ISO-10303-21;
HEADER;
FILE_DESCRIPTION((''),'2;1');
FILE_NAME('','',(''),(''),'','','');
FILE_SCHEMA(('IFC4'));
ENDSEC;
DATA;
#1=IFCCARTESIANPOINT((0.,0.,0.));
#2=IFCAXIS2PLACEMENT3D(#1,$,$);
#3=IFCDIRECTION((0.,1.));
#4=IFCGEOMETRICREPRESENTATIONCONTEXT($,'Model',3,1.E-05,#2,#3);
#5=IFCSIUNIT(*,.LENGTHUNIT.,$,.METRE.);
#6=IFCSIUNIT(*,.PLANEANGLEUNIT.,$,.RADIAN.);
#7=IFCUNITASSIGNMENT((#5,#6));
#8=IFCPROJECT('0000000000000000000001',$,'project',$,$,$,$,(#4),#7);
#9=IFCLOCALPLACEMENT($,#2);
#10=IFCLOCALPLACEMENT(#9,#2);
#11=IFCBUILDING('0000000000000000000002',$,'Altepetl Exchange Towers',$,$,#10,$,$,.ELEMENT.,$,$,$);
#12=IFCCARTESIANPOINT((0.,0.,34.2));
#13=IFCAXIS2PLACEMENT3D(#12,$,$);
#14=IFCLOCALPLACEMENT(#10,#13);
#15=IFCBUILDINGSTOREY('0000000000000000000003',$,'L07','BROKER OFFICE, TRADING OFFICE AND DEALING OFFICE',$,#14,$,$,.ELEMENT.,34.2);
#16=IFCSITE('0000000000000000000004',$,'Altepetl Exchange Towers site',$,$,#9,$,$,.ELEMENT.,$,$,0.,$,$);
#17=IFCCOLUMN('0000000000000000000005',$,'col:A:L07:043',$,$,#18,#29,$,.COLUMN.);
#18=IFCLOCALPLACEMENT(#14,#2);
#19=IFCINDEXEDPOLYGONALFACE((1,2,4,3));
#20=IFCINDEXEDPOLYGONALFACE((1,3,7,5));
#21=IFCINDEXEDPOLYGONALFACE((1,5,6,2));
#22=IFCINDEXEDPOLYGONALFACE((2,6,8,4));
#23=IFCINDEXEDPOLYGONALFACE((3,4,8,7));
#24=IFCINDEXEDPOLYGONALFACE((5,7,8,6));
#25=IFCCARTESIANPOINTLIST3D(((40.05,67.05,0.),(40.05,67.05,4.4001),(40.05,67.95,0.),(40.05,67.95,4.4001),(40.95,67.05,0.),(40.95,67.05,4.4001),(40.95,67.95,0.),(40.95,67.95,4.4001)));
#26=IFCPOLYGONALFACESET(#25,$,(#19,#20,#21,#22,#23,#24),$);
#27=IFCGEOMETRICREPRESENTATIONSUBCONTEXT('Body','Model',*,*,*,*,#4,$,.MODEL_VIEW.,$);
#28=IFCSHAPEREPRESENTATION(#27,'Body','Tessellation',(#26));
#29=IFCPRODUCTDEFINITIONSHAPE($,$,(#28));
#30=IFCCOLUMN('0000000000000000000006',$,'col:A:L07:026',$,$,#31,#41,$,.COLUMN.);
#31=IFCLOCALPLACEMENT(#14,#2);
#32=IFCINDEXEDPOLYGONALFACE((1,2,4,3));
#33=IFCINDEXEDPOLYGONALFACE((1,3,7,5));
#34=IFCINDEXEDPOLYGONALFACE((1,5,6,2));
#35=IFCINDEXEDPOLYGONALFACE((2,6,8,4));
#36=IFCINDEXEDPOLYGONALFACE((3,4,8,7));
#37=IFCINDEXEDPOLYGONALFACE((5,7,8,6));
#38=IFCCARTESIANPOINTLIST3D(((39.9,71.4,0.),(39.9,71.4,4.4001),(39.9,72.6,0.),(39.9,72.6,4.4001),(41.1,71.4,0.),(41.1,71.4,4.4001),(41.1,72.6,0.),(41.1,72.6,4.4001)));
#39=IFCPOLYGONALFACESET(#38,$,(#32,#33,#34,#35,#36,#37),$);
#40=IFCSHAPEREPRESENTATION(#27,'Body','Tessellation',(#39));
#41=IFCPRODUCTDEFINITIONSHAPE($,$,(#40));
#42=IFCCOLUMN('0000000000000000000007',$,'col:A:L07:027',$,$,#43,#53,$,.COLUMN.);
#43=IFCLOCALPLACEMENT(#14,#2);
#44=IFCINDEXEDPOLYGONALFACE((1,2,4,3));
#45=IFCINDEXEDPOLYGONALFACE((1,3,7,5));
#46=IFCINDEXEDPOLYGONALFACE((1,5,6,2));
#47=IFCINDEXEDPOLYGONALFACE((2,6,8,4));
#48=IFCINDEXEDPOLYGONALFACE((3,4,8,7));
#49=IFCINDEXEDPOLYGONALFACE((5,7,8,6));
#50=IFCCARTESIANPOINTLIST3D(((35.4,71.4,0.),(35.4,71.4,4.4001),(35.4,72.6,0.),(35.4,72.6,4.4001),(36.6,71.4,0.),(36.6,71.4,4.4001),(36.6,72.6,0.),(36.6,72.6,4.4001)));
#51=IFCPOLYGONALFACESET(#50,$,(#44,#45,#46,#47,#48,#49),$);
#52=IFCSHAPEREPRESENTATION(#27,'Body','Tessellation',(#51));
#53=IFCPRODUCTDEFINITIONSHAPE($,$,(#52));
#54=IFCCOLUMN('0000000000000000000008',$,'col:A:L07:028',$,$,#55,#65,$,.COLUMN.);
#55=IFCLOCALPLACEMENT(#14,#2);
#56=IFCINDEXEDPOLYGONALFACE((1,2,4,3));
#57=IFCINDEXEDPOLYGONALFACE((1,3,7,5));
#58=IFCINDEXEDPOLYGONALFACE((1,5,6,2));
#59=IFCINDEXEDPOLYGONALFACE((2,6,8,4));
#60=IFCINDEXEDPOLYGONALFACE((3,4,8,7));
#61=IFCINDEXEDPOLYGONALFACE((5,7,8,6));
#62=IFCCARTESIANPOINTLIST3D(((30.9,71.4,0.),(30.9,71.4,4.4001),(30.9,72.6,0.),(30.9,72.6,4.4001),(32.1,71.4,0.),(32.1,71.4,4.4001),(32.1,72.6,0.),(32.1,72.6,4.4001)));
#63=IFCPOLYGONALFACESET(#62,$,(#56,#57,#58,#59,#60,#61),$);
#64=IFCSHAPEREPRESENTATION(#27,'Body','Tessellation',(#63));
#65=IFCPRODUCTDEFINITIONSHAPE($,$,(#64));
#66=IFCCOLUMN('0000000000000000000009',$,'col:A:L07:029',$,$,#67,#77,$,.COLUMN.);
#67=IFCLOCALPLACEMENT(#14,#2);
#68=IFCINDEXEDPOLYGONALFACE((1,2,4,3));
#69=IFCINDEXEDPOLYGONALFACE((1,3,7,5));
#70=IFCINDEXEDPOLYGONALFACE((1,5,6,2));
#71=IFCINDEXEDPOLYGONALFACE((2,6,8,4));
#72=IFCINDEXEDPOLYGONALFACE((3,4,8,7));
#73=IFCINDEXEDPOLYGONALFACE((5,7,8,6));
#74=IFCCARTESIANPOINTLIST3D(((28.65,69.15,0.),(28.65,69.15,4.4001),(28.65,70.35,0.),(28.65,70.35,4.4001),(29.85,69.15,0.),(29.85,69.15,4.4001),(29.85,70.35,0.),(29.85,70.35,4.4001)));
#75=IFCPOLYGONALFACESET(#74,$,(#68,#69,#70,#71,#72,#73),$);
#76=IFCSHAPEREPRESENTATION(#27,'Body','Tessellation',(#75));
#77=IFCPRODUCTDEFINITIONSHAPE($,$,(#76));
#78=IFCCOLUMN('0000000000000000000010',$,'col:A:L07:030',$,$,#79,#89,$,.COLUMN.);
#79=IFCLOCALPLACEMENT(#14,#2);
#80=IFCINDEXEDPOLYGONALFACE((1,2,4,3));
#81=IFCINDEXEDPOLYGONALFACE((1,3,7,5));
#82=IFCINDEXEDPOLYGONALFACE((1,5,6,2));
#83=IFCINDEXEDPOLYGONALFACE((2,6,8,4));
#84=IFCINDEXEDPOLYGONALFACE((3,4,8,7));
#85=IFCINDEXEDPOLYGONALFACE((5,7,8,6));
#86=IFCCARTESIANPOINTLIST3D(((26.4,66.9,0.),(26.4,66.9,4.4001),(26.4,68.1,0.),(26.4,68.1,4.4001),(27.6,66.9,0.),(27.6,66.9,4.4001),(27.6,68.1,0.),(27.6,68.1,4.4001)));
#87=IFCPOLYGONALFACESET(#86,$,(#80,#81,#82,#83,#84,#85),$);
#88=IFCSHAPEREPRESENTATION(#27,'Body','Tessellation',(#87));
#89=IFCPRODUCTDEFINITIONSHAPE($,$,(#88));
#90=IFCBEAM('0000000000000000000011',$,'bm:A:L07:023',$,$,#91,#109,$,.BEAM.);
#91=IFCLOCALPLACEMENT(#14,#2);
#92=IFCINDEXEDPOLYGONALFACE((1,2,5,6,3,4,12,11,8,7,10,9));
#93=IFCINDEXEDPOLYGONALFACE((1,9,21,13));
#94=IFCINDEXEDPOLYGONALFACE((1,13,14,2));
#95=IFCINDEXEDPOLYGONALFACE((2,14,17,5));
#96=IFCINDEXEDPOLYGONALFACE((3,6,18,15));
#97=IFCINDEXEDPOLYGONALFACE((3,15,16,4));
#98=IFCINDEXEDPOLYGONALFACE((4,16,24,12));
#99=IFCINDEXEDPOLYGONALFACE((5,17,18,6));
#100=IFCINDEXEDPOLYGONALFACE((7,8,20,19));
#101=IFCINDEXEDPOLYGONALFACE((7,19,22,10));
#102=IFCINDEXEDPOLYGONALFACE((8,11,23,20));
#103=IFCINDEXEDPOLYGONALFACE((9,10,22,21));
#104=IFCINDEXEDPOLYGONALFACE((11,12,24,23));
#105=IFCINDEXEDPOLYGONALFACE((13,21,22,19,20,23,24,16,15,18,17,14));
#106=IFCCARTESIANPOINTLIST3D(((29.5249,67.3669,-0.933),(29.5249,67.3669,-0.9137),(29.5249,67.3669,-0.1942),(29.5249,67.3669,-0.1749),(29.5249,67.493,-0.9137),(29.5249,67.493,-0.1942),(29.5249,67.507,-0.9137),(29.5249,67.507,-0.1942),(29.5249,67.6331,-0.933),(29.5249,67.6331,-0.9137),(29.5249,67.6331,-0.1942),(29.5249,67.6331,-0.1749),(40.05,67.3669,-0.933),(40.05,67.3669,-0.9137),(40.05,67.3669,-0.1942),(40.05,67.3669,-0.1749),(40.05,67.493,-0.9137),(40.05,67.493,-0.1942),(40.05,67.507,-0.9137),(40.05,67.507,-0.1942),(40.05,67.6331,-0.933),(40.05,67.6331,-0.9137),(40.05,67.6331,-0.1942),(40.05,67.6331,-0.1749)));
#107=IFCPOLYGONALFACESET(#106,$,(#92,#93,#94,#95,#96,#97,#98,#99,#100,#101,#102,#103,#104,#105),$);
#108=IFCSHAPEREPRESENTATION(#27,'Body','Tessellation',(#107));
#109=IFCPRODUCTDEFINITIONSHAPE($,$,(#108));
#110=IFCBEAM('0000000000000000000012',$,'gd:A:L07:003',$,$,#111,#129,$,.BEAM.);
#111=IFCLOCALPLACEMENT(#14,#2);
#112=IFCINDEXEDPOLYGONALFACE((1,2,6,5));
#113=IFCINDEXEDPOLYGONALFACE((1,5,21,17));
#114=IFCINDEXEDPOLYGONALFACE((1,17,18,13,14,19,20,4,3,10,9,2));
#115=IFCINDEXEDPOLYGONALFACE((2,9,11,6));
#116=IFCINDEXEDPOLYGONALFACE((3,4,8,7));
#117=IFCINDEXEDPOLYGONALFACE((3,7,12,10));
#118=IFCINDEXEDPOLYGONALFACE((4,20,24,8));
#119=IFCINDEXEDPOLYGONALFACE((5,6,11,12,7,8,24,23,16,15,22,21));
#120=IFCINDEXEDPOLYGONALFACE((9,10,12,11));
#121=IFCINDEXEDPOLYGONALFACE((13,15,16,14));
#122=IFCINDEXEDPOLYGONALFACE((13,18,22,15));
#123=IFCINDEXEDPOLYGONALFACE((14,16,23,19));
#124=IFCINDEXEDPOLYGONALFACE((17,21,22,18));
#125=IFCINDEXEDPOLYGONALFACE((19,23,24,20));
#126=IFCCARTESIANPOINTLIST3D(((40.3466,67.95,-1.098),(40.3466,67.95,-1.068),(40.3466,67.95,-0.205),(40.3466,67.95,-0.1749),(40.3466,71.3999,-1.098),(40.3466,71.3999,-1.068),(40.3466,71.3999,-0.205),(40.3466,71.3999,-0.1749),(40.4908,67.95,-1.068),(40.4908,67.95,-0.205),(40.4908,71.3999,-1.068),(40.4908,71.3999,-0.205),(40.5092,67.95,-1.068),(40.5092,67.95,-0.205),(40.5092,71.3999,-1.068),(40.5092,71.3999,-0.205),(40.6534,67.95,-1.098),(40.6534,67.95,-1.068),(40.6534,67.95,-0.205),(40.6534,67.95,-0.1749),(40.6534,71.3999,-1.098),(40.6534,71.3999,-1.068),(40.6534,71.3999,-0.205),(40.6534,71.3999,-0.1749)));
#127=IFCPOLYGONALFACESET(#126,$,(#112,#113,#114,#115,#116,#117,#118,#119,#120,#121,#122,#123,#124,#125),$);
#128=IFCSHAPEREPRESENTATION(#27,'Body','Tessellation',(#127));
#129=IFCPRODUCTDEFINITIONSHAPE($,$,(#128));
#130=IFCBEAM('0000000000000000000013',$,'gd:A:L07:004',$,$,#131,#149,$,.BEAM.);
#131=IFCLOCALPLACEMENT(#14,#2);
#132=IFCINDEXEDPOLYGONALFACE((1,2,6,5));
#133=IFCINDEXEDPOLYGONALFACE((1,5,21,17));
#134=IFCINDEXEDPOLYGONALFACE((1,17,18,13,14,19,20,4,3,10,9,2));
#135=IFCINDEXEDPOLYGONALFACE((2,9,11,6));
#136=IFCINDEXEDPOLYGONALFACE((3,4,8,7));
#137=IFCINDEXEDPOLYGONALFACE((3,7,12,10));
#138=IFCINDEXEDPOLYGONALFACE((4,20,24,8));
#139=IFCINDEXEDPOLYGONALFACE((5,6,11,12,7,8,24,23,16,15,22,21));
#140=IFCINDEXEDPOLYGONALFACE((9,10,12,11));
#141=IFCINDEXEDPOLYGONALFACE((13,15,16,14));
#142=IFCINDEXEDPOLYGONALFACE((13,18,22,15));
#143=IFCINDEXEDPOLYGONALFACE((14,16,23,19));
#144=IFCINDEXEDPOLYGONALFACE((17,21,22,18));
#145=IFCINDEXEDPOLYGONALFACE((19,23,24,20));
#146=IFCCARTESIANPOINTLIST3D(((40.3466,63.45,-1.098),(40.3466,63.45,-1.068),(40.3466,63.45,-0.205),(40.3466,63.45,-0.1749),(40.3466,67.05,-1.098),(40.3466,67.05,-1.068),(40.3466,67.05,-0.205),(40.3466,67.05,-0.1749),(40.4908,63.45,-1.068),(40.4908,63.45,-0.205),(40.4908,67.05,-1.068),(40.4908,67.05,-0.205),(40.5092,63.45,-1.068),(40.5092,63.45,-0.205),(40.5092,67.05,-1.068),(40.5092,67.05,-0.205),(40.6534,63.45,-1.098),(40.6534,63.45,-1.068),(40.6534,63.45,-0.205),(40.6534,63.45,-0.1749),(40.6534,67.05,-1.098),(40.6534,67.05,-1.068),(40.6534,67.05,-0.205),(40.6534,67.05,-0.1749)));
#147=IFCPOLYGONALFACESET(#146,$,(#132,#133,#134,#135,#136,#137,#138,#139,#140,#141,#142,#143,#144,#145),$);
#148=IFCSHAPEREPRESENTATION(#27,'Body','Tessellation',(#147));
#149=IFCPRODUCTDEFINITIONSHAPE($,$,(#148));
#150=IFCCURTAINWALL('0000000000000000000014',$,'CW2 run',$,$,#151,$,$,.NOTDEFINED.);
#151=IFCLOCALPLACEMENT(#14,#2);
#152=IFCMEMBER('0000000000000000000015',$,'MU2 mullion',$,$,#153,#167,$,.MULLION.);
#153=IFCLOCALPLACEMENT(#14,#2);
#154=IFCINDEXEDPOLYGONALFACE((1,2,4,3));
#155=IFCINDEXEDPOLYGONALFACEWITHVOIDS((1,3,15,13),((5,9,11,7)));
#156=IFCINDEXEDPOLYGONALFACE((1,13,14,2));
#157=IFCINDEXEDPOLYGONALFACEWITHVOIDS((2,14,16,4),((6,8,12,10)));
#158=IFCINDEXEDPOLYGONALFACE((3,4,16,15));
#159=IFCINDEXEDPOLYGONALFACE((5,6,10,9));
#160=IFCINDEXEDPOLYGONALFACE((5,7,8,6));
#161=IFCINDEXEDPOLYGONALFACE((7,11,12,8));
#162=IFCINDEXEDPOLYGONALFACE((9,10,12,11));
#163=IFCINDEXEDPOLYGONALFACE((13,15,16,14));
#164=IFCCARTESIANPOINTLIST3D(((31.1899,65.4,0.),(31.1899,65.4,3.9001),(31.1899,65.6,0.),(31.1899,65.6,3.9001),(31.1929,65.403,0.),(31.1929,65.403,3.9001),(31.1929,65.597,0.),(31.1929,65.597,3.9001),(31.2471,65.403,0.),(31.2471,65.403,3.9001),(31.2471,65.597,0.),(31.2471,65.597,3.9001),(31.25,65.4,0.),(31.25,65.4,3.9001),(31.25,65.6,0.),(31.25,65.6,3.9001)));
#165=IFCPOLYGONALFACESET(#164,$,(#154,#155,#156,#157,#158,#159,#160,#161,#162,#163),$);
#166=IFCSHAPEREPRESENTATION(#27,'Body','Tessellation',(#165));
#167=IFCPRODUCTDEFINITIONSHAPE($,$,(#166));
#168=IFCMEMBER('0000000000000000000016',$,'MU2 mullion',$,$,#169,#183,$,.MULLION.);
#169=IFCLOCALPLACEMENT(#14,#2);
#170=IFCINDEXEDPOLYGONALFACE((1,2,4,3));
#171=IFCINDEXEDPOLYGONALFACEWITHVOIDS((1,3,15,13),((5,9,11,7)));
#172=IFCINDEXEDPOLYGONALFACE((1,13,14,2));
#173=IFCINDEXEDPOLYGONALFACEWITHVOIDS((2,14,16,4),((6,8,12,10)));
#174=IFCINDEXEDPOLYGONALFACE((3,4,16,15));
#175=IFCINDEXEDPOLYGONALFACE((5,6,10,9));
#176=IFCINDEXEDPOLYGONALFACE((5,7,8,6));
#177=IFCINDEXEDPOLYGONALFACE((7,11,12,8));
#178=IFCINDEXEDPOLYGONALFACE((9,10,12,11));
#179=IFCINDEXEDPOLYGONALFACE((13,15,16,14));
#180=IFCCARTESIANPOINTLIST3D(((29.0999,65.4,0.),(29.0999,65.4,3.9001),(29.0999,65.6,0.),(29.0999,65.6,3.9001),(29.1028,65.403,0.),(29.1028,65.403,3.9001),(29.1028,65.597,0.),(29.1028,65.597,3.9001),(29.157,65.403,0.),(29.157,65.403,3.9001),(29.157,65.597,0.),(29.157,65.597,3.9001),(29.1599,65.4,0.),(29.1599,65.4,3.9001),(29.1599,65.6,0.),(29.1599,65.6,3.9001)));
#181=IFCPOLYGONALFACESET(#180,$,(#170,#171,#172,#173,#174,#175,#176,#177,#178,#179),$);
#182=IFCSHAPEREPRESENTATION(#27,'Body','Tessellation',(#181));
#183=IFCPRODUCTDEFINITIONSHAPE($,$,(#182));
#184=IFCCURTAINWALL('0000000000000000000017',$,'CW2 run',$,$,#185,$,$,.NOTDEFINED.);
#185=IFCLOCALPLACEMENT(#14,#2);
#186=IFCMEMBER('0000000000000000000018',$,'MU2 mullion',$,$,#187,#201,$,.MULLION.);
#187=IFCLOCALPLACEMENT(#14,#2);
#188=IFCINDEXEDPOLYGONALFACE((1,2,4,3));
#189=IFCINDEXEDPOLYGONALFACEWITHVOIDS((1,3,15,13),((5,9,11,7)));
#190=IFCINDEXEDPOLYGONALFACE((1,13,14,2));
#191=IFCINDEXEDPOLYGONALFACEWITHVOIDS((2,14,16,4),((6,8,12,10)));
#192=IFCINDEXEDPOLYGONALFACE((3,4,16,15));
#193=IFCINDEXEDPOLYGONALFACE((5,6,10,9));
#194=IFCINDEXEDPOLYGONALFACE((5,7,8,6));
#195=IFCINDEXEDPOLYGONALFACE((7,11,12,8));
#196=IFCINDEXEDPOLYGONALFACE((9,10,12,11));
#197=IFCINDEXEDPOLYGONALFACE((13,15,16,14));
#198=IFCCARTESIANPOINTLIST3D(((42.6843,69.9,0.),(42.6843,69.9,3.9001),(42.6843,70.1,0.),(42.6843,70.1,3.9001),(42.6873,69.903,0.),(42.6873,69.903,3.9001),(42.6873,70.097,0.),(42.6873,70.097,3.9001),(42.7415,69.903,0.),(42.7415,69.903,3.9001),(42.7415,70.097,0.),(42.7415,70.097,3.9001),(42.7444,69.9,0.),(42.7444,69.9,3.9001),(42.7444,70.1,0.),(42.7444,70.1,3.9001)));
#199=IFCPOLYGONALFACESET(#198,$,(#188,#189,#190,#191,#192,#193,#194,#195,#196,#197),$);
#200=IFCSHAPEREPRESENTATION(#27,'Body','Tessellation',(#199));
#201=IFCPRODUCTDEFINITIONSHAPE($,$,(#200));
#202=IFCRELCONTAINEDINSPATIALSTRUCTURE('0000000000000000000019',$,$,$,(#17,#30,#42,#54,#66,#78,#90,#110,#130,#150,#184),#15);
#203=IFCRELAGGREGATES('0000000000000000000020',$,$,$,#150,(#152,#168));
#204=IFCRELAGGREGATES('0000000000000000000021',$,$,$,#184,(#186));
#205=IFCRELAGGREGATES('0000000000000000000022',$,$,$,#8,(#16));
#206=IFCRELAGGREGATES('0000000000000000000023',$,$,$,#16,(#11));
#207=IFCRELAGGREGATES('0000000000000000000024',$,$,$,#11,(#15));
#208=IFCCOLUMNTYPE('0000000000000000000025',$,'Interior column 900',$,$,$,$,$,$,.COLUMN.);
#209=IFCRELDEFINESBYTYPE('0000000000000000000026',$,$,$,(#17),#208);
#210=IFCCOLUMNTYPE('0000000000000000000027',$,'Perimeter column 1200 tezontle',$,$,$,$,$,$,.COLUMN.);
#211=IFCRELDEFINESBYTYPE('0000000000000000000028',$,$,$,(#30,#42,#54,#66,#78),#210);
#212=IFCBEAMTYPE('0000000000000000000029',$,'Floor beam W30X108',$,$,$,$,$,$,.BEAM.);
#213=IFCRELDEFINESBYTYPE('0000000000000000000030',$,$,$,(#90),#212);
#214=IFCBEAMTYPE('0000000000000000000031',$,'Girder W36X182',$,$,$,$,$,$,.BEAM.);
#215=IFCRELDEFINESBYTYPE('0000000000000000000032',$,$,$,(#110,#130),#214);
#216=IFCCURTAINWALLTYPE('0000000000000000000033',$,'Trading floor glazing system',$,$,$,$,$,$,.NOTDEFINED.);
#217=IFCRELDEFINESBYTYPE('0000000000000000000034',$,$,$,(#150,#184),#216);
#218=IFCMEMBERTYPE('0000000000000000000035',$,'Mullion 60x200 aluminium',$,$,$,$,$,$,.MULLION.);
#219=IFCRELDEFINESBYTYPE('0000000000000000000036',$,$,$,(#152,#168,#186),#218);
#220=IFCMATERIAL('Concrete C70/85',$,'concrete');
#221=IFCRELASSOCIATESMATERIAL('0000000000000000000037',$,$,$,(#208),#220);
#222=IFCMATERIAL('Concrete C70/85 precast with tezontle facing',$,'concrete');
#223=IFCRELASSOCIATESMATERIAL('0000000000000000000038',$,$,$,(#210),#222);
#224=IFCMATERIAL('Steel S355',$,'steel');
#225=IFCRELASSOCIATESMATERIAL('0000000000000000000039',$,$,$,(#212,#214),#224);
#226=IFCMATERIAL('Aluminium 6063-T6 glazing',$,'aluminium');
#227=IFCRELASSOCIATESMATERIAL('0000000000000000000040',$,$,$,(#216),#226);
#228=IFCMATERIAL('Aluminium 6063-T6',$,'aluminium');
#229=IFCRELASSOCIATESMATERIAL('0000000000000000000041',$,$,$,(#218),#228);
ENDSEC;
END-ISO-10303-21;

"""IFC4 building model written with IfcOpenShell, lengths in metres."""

from ifc_helpers import new_model, si_unit, direction, frame, origin, origin_2d, place, context, subcontext, project, spatial, rectangle, hollow_rectangle, i_section, extrude, material, material_profile, profile_set, type_object, element, aggregate, save


model = new_model("IFC4")

# Units and contexts
model_context = context("Model", 3, precision=1e-05, world=origin(), true_north=direction((0.0, 1.0)))
body_context = subcontext(model_context, "Body", "Model", "MODEL_VIEW")
ifc_project = project(units=[si_unit("LENGTHUNIT", "METRE"), si_unit("PLANEANGLEUNIT", "RADIAN")], contexts=[model_context])

# Site, building, storey
site_placement = place(None, origin())
site = spatial("IfcSite", under=ifc_project, at=site_placement, Name="Altepetl Exchange Towers site", CompositionType="ELEMENT", RefElevation=0.0)
building_placement = place(site_placement, origin())
building = spatial("IfcBuilding", under=site, at=building_placement, Name="Altepetl Exchange Towers", CompositionType="ELEMENT")
storey_placement = place(building_placement, frame((0.0, 0.0, 34.2)))
storey = spatial("IfcBuildingStorey", under=building, at=storey_placement, Name="L07", Description="BROKER OFFICE, TRADING OFFICE AND DEALING OFFICE", CompositionType="ELEMENT", Elevation=34.2)

# Columns
ifc_material_1 = material(Name="Concrete C70/85", Category="concrete")
ifc_material_profile_1 = material_profile(ifc_material_1, rectangle(XDim=0.8999, YDim=0.8999, at=origin_2d()), Name="900 x 900")
ifc_profile_set_1 = profile_set([ifc_material_profile_1], Name="Concrete C70/85")
column_type_1 = type_object("IfcColumnType", Name="Interior column 900", PredefinedType="COLUMN", material=ifc_profile_set_1)
column_placement = place(storey_placement, frame((40.5, 67.5, 0.0)))
element("IfcColumn", 1, at=column_placement, inside=storey, type_object=column_type_1, Name="col:A:L07:043", PredefinedType="COLUMN", context=body_context, shape_type="SweptSolid", body=[
    extrude(rectangle(XDim=0.8999, YDim=0.8999, at=origin_2d()), origin(), (0.0, 0.0, 1.0), 4.4001),
])
ifc_material_2 = material(Name="Concrete C70/85 precast with tezontle facing", Category="concrete")
ifc_material_profile_2 = material_profile(ifc_material_2, rectangle(XDim=1.2, YDim=1.2, at=origin_2d()), Name="1200 x 1200")
ifc_profile_set_2 = profile_set([ifc_material_profile_2], Name="Concrete C70/85 precast with tezontle facing")
column_type_2 = type_object("IfcColumnType", Name="Perimeter column 1200 tezontle", PredefinedType="COLUMN", material=ifc_profile_set_2)
for number, where, name in (
    (2, (40.5, 72.0, 0.0), "col:A:L07:026"),
    (3, (36.0, 72.0, 0.0), "col:A:L07:027"),
    (4, (31.5, 72.0, 0.0), "col:A:L07:028"),
    (5, (29.25, 69.75, 0.0), "col:A:L07:029"),
    (6, (27.0, 67.5, 0.0), "col:A:L07:030"),
):
    element("IfcColumn", number, at=place(storey_placement, frame(where)), inside=storey, type_object=column_type_2, Name=name, PredefinedType="COLUMN", context=body_context, shape_type="SweptSolid", body=[
        extrude(rectangle(XDim=1.2, YDim=1.2, at=origin_2d()), origin(), (0.0, 0.0, 1.0), 4.4001),
    ])

# Beams
ifc_material_3 = material(Name="Steel S355", Category="steel")
ifc_material_profile_3 = material_profile(ifc_material_3, i_section(OverallWidth=0.2661, OverallDepth=0.7581, WebThickness=0.0139, FlangeThickness=0.0193, at=origin_2d()), Name="W30X108")
ifc_profile_set_3 = profile_set([ifc_material_profile_3], Name="Steel S355")
beam_type_1 = type_object("IfcBeamType", Name="Floor beam W30X108", PredefinedType="BEAM", material=ifc_profile_set_3)
beam_1_placement = place(storey_placement, frame((29.5249, 67.5, -0.554), z_axis=(1.0, 0.0, 0.0), x_axis=(0.0, 1.0, 0.0)))
element("IfcBeam", 7, at=beam_1_placement, inside=storey, type_object=beam_type_1, Name="bm:A:L07:023", PredefinedType="BEAM", context=body_context, shape_type="SweptSolid", body=[
    extrude(i_section(OverallWidth=0.2661, OverallDepth=0.7581, WebThickness=0.0139, FlangeThickness=0.0193, at=origin_2d()), origin(), (0.0, 0.0, 1.0), 10.5251),
])
ifc_material_profile_4 = material_profile(ifc_material_3, i_section(OverallWidth=0.3069, OverallDepth=0.9231, WebThickness=0.0183, FlangeThickness=0.03, at=origin_2d()), Name="W36X182")
ifc_profile_set_4 = profile_set([ifc_material_profile_4], Name="Steel S355")
beam_type_2 = type_object("IfcBeamType", Name="Girder W36X182", PredefinedType="BEAM", material=ifc_profile_set_4)
beam_2_placement = place(storey_placement, frame((40.5, 71.3999, -0.6365), z_axis=(0.0, -1.0, 0.0), x_axis=(1.0, 0.0, 0.0)))
element("IfcBeam", 8, at=beam_2_placement, inside=storey, type_object=beam_type_2, Name="gd:A:L07:003", PredefinedType="BEAM", context=body_context, shape_type="SweptSolid", body=[
    extrude(i_section(OverallWidth=0.3069, OverallDepth=0.9231, WebThickness=0.0183, FlangeThickness=0.03, at=origin_2d()), origin(), (0.0, 0.0, 1.0), 3.45),
])
beam_3_placement = place(storey_placement, frame((40.5, 67.05, -0.6365), z_axis=(0.0, -1.0, 0.0), x_axis=(1.0, 0.0, 0.0)))
element("IfcBeam", 9, at=beam_3_placement, inside=storey, type_object=beam_type_2, Name="gd:A:L07:004", PredefinedType="BEAM", context=body_context, shape_type="SweptSolid", body=[
    extrude(i_section(OverallWidth=0.3069, OverallDepth=0.9231, WebThickness=0.0183, FlangeThickness=0.03, at=origin_2d()), origin(), (0.0, 0.0, 1.0), 3.6001),
])

# Curtain walls, members
ifc_material_4 = material(Name="Aluminium 6063-T6 glazing", Category="aluminium")
curtain_wall_type = type_object("IfcCurtainWallType", Name="Trading floor glazing system", PredefinedType="NOTDEFINED", material=ifc_material_4)
curtain_wall_1_placement = place(storey_placement, origin())
curtain_wall_1 = element("IfcCurtainWall", 10, at=curtain_wall_1_placement, inside=storey, type_object=curtain_wall_type, Name="CW2 run", PredefinedType="NOTDEFINED")
ifc_material_5 = material(Name="Aluminium 6063-T6", Category="aluminium")
ifc_material_profile_5 = material_profile(ifc_material_5, hollow_rectangle(XDim=0.0601, YDim=0.2, WallThickness=0.0029, at=origin_2d()), Name="Mullion 60x200 aluminium")
ifc_profile_set_5 = profile_set([ifc_material_profile_5], Name="Aluminium 6063-T6")
member_type = type_object("IfcMemberType", Name="Mullion 60x200 aluminium", PredefinedType="MULLION", material=ifc_profile_set_5)
member_1_placement = place(storey_placement, frame((31.22, 65.5, 0.0), z_axis=(0.0, 0.0, 1.0), x_axis=(-1.0, 0.0, 0.0)))
member_1 = element("IfcMember", 11, at=member_1_placement, type_object=member_type, Name="MU2 mullion", PredefinedType="MULLION", context=body_context, shape_type="SweptSolid", body=[
    extrude(hollow_rectangle(XDim=0.0601, YDim=0.2, WallThickness=0.0029, at=origin_2d()), origin(), (0.0, 0.0, 1.0), 3.9001),
])
member_2_placement = place(storey_placement, frame((29.1299, 65.5, 0.0), z_axis=(0.0, 0.0, 1.0), x_axis=(-1.0, 0.0, 0.0)))
member_2 = element("IfcMember", 12, at=member_2_placement, type_object=member_type, Name="MU2 mullion", PredefinedType="MULLION", context=body_context, shape_type="SweptSolid", body=[
    extrude(hollow_rectangle(XDim=0.0601, YDim=0.2, WallThickness=0.0029, at=origin_2d()), origin(), (0.0, 0.0, 1.0), 3.9001),
])
curtain_wall_2_placement = place(storey_placement, origin())
curtain_wall_2 = element("IfcCurtainWall", 13, at=curtain_wall_2_placement, inside=storey, type_object=curtain_wall_type, Name="CW2 run", PredefinedType="NOTDEFINED")
member_3_placement = place(storey_placement, frame((42.7144, 70.0, 0.0), z_axis=(0.0, 0.0, 1.0), x_axis=(-1.0, 0.0, 0.0)))
member_3 = element("IfcMember", 14, at=member_3_placement, type_object=member_type, Name="MU2 mullion", PredefinedType="MULLION", context=body_context, shape_type="SweptSolid", body=[
    extrude(hollow_rectangle(XDim=0.0601, YDim=0.2, WallThickness=0.0029, at=origin_2d()), origin(), (0.0, 0.0, 1.0), 3.9001),
])

aggregate(curtain_wall_1, [member_1, member_2])
aggregate(curtain_wall_2, [member_3])

save(model, "model.ifc")
